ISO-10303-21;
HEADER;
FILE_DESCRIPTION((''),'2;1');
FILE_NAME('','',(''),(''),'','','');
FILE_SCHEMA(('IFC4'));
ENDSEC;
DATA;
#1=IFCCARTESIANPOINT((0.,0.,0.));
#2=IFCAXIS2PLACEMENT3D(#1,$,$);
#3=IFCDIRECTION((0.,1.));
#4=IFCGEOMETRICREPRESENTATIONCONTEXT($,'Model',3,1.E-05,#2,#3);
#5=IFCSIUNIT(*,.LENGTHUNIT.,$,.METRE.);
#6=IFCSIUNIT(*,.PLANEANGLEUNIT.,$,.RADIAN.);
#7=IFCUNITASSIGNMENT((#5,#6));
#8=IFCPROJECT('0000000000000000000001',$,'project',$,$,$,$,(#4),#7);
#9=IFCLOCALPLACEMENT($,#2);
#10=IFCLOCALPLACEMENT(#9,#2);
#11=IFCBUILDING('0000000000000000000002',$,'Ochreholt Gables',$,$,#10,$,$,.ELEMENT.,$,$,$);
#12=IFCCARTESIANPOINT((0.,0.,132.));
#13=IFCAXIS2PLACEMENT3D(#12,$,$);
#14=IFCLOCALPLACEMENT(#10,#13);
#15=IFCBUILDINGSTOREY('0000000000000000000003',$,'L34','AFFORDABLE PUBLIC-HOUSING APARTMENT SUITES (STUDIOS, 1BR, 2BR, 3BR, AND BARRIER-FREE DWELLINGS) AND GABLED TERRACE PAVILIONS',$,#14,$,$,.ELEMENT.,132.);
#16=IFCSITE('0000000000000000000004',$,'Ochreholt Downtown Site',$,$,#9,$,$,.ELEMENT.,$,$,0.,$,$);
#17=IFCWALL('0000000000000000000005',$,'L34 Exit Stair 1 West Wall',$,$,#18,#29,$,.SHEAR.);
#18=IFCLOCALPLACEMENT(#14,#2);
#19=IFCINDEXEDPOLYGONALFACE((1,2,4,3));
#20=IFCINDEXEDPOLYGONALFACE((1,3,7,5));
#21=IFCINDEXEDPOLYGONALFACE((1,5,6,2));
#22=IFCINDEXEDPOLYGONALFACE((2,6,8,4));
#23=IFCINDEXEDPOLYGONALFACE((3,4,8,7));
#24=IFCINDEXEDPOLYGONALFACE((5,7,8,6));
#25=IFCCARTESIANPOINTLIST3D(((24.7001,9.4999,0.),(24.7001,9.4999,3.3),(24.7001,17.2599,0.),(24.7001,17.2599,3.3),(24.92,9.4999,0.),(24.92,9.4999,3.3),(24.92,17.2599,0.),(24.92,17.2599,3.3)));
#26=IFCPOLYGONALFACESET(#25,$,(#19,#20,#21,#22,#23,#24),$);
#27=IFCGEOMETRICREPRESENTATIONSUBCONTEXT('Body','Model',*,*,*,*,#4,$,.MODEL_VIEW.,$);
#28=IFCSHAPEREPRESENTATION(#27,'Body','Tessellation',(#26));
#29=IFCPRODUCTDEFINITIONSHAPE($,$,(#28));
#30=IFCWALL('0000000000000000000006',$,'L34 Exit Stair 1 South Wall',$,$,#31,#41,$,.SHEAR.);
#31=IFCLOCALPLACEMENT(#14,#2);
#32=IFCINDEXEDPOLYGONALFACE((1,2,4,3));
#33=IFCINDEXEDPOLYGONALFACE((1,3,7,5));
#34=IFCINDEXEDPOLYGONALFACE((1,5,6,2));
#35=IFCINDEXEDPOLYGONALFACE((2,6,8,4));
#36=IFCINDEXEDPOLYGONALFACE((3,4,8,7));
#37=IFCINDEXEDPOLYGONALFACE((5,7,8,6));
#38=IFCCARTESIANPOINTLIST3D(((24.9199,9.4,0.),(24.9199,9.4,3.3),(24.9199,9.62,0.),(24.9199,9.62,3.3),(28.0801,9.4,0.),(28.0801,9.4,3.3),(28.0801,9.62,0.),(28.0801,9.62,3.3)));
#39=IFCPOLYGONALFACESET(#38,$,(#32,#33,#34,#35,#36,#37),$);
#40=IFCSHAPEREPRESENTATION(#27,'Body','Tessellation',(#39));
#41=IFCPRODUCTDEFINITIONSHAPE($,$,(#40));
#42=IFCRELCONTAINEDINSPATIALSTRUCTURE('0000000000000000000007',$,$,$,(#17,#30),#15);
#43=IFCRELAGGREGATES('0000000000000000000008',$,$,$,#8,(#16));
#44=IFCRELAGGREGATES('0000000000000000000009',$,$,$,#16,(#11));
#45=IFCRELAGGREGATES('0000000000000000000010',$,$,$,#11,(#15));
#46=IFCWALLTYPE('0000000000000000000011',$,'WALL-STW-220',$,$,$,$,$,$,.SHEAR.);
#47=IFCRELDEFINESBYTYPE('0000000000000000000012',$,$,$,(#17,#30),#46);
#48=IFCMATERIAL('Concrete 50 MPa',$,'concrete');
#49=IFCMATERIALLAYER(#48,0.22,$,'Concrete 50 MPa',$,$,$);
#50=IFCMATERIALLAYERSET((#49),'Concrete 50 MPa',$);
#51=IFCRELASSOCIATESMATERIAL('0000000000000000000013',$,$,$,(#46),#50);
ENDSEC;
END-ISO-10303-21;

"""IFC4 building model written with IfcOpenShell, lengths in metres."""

from ifc_helpers import new_model, si_unit, direction, frame, frame_2d, origin, place, context, subcontext, project, spatial, rectangle, extrude, material, layer, layer_set, type_object, element, save


model = new_model("IFC4")

# Units and contexts
model_context = context("Model", 3, precision=1e-05, world=origin(), true_north=direction((0.0, 1.0)))
body_context = subcontext(model_context, "Body", "Model", "MODEL_VIEW")
ifc_project = project(units=[si_unit("LENGTHUNIT", "METRE"), si_unit("PLANEANGLEUNIT", "RADIAN")], contexts=[model_context])

# Site, building, storey
site_placement = place(None, origin())
site = spatial("IfcSite", under=ifc_project, at=site_placement, Name="Ochreholt Downtown Site", CompositionType="ELEMENT", RefElevation=0.0)
building_placement = place(site_placement, origin())
building = spatial("IfcBuilding", under=site, at=building_placement, Name="Ochreholt Gables", CompositionType="ELEMENT")
storey_placement = place(building_placement, frame((0.0, 0.0, 132.0)))
storey = spatial("IfcBuildingStorey", under=building, at=storey_placement, Name="L34", Description="AFFORDABLE PUBLIC-HOUSING APARTMENT SUITES (STUDIOS, 1BR, 2BR, 3BR, AND BARRIER-FREE DWELLINGS) AND GABLED TERRACE PAVILIONS", CompositionType="ELEMENT", Elevation=132.0)

# Walls
ifc_material_1 = material(Name="Concrete 50 MPa", Category="concrete")
ifc_layer_1 = layer(ifc_material_1, 0.22, Name="Concrete 50 MPa")
ifc_layer_set_1 = layer_set([ifc_layer_1], Name="Concrete 50 MPa")
wall_type_1 = type_object("IfcWallType", Name="WALL-STW-220", PredefinedType="SHEAR", material=ifc_layer_set_1)
wall_1_placement = place(storey_placement, frame((24.8101, 9.5, 0.0), z_axis=(0.0, 0.0, 1.0), x_axis=(0.0, 1.0, 0.0)))
element("IfcWall", 1, at=wall_1_placement, inside=storey, type_object=wall_type_1, Name="L34 Exit Stair 1 West Wall", PredefinedType="SHEAR", context=body_context, shape_type="SweptSolid", body=[
    extrude(rectangle(XDim=7.76, YDim=0.22, at=frame_2d((3.8799, 0.0))), origin(), (0.0, 0.0, 1.0), 3.3),
])
wall_2_placement = place(storey_placement, frame((24.9199, 9.51, 0.0), z_axis=(0.0, 0.0, 1.0), x_axis=(1.0, 0.0, 0.0)))
element("IfcWall", 2, at=wall_2_placement, inside=storey, type_object=wall_type_1, Name="L34 Exit Stair 1 South Wall", PredefinedType="SHEAR", context=body_context, shape_type="SweptSolid", body=[
    extrude(rectangle(XDim=3.1602, YDim=0.22, at=frame_2d((1.5801, 0.0))), origin(), (0.0, 0.0, 1.0), 3.3),
])

save(model, "model.ifc")
